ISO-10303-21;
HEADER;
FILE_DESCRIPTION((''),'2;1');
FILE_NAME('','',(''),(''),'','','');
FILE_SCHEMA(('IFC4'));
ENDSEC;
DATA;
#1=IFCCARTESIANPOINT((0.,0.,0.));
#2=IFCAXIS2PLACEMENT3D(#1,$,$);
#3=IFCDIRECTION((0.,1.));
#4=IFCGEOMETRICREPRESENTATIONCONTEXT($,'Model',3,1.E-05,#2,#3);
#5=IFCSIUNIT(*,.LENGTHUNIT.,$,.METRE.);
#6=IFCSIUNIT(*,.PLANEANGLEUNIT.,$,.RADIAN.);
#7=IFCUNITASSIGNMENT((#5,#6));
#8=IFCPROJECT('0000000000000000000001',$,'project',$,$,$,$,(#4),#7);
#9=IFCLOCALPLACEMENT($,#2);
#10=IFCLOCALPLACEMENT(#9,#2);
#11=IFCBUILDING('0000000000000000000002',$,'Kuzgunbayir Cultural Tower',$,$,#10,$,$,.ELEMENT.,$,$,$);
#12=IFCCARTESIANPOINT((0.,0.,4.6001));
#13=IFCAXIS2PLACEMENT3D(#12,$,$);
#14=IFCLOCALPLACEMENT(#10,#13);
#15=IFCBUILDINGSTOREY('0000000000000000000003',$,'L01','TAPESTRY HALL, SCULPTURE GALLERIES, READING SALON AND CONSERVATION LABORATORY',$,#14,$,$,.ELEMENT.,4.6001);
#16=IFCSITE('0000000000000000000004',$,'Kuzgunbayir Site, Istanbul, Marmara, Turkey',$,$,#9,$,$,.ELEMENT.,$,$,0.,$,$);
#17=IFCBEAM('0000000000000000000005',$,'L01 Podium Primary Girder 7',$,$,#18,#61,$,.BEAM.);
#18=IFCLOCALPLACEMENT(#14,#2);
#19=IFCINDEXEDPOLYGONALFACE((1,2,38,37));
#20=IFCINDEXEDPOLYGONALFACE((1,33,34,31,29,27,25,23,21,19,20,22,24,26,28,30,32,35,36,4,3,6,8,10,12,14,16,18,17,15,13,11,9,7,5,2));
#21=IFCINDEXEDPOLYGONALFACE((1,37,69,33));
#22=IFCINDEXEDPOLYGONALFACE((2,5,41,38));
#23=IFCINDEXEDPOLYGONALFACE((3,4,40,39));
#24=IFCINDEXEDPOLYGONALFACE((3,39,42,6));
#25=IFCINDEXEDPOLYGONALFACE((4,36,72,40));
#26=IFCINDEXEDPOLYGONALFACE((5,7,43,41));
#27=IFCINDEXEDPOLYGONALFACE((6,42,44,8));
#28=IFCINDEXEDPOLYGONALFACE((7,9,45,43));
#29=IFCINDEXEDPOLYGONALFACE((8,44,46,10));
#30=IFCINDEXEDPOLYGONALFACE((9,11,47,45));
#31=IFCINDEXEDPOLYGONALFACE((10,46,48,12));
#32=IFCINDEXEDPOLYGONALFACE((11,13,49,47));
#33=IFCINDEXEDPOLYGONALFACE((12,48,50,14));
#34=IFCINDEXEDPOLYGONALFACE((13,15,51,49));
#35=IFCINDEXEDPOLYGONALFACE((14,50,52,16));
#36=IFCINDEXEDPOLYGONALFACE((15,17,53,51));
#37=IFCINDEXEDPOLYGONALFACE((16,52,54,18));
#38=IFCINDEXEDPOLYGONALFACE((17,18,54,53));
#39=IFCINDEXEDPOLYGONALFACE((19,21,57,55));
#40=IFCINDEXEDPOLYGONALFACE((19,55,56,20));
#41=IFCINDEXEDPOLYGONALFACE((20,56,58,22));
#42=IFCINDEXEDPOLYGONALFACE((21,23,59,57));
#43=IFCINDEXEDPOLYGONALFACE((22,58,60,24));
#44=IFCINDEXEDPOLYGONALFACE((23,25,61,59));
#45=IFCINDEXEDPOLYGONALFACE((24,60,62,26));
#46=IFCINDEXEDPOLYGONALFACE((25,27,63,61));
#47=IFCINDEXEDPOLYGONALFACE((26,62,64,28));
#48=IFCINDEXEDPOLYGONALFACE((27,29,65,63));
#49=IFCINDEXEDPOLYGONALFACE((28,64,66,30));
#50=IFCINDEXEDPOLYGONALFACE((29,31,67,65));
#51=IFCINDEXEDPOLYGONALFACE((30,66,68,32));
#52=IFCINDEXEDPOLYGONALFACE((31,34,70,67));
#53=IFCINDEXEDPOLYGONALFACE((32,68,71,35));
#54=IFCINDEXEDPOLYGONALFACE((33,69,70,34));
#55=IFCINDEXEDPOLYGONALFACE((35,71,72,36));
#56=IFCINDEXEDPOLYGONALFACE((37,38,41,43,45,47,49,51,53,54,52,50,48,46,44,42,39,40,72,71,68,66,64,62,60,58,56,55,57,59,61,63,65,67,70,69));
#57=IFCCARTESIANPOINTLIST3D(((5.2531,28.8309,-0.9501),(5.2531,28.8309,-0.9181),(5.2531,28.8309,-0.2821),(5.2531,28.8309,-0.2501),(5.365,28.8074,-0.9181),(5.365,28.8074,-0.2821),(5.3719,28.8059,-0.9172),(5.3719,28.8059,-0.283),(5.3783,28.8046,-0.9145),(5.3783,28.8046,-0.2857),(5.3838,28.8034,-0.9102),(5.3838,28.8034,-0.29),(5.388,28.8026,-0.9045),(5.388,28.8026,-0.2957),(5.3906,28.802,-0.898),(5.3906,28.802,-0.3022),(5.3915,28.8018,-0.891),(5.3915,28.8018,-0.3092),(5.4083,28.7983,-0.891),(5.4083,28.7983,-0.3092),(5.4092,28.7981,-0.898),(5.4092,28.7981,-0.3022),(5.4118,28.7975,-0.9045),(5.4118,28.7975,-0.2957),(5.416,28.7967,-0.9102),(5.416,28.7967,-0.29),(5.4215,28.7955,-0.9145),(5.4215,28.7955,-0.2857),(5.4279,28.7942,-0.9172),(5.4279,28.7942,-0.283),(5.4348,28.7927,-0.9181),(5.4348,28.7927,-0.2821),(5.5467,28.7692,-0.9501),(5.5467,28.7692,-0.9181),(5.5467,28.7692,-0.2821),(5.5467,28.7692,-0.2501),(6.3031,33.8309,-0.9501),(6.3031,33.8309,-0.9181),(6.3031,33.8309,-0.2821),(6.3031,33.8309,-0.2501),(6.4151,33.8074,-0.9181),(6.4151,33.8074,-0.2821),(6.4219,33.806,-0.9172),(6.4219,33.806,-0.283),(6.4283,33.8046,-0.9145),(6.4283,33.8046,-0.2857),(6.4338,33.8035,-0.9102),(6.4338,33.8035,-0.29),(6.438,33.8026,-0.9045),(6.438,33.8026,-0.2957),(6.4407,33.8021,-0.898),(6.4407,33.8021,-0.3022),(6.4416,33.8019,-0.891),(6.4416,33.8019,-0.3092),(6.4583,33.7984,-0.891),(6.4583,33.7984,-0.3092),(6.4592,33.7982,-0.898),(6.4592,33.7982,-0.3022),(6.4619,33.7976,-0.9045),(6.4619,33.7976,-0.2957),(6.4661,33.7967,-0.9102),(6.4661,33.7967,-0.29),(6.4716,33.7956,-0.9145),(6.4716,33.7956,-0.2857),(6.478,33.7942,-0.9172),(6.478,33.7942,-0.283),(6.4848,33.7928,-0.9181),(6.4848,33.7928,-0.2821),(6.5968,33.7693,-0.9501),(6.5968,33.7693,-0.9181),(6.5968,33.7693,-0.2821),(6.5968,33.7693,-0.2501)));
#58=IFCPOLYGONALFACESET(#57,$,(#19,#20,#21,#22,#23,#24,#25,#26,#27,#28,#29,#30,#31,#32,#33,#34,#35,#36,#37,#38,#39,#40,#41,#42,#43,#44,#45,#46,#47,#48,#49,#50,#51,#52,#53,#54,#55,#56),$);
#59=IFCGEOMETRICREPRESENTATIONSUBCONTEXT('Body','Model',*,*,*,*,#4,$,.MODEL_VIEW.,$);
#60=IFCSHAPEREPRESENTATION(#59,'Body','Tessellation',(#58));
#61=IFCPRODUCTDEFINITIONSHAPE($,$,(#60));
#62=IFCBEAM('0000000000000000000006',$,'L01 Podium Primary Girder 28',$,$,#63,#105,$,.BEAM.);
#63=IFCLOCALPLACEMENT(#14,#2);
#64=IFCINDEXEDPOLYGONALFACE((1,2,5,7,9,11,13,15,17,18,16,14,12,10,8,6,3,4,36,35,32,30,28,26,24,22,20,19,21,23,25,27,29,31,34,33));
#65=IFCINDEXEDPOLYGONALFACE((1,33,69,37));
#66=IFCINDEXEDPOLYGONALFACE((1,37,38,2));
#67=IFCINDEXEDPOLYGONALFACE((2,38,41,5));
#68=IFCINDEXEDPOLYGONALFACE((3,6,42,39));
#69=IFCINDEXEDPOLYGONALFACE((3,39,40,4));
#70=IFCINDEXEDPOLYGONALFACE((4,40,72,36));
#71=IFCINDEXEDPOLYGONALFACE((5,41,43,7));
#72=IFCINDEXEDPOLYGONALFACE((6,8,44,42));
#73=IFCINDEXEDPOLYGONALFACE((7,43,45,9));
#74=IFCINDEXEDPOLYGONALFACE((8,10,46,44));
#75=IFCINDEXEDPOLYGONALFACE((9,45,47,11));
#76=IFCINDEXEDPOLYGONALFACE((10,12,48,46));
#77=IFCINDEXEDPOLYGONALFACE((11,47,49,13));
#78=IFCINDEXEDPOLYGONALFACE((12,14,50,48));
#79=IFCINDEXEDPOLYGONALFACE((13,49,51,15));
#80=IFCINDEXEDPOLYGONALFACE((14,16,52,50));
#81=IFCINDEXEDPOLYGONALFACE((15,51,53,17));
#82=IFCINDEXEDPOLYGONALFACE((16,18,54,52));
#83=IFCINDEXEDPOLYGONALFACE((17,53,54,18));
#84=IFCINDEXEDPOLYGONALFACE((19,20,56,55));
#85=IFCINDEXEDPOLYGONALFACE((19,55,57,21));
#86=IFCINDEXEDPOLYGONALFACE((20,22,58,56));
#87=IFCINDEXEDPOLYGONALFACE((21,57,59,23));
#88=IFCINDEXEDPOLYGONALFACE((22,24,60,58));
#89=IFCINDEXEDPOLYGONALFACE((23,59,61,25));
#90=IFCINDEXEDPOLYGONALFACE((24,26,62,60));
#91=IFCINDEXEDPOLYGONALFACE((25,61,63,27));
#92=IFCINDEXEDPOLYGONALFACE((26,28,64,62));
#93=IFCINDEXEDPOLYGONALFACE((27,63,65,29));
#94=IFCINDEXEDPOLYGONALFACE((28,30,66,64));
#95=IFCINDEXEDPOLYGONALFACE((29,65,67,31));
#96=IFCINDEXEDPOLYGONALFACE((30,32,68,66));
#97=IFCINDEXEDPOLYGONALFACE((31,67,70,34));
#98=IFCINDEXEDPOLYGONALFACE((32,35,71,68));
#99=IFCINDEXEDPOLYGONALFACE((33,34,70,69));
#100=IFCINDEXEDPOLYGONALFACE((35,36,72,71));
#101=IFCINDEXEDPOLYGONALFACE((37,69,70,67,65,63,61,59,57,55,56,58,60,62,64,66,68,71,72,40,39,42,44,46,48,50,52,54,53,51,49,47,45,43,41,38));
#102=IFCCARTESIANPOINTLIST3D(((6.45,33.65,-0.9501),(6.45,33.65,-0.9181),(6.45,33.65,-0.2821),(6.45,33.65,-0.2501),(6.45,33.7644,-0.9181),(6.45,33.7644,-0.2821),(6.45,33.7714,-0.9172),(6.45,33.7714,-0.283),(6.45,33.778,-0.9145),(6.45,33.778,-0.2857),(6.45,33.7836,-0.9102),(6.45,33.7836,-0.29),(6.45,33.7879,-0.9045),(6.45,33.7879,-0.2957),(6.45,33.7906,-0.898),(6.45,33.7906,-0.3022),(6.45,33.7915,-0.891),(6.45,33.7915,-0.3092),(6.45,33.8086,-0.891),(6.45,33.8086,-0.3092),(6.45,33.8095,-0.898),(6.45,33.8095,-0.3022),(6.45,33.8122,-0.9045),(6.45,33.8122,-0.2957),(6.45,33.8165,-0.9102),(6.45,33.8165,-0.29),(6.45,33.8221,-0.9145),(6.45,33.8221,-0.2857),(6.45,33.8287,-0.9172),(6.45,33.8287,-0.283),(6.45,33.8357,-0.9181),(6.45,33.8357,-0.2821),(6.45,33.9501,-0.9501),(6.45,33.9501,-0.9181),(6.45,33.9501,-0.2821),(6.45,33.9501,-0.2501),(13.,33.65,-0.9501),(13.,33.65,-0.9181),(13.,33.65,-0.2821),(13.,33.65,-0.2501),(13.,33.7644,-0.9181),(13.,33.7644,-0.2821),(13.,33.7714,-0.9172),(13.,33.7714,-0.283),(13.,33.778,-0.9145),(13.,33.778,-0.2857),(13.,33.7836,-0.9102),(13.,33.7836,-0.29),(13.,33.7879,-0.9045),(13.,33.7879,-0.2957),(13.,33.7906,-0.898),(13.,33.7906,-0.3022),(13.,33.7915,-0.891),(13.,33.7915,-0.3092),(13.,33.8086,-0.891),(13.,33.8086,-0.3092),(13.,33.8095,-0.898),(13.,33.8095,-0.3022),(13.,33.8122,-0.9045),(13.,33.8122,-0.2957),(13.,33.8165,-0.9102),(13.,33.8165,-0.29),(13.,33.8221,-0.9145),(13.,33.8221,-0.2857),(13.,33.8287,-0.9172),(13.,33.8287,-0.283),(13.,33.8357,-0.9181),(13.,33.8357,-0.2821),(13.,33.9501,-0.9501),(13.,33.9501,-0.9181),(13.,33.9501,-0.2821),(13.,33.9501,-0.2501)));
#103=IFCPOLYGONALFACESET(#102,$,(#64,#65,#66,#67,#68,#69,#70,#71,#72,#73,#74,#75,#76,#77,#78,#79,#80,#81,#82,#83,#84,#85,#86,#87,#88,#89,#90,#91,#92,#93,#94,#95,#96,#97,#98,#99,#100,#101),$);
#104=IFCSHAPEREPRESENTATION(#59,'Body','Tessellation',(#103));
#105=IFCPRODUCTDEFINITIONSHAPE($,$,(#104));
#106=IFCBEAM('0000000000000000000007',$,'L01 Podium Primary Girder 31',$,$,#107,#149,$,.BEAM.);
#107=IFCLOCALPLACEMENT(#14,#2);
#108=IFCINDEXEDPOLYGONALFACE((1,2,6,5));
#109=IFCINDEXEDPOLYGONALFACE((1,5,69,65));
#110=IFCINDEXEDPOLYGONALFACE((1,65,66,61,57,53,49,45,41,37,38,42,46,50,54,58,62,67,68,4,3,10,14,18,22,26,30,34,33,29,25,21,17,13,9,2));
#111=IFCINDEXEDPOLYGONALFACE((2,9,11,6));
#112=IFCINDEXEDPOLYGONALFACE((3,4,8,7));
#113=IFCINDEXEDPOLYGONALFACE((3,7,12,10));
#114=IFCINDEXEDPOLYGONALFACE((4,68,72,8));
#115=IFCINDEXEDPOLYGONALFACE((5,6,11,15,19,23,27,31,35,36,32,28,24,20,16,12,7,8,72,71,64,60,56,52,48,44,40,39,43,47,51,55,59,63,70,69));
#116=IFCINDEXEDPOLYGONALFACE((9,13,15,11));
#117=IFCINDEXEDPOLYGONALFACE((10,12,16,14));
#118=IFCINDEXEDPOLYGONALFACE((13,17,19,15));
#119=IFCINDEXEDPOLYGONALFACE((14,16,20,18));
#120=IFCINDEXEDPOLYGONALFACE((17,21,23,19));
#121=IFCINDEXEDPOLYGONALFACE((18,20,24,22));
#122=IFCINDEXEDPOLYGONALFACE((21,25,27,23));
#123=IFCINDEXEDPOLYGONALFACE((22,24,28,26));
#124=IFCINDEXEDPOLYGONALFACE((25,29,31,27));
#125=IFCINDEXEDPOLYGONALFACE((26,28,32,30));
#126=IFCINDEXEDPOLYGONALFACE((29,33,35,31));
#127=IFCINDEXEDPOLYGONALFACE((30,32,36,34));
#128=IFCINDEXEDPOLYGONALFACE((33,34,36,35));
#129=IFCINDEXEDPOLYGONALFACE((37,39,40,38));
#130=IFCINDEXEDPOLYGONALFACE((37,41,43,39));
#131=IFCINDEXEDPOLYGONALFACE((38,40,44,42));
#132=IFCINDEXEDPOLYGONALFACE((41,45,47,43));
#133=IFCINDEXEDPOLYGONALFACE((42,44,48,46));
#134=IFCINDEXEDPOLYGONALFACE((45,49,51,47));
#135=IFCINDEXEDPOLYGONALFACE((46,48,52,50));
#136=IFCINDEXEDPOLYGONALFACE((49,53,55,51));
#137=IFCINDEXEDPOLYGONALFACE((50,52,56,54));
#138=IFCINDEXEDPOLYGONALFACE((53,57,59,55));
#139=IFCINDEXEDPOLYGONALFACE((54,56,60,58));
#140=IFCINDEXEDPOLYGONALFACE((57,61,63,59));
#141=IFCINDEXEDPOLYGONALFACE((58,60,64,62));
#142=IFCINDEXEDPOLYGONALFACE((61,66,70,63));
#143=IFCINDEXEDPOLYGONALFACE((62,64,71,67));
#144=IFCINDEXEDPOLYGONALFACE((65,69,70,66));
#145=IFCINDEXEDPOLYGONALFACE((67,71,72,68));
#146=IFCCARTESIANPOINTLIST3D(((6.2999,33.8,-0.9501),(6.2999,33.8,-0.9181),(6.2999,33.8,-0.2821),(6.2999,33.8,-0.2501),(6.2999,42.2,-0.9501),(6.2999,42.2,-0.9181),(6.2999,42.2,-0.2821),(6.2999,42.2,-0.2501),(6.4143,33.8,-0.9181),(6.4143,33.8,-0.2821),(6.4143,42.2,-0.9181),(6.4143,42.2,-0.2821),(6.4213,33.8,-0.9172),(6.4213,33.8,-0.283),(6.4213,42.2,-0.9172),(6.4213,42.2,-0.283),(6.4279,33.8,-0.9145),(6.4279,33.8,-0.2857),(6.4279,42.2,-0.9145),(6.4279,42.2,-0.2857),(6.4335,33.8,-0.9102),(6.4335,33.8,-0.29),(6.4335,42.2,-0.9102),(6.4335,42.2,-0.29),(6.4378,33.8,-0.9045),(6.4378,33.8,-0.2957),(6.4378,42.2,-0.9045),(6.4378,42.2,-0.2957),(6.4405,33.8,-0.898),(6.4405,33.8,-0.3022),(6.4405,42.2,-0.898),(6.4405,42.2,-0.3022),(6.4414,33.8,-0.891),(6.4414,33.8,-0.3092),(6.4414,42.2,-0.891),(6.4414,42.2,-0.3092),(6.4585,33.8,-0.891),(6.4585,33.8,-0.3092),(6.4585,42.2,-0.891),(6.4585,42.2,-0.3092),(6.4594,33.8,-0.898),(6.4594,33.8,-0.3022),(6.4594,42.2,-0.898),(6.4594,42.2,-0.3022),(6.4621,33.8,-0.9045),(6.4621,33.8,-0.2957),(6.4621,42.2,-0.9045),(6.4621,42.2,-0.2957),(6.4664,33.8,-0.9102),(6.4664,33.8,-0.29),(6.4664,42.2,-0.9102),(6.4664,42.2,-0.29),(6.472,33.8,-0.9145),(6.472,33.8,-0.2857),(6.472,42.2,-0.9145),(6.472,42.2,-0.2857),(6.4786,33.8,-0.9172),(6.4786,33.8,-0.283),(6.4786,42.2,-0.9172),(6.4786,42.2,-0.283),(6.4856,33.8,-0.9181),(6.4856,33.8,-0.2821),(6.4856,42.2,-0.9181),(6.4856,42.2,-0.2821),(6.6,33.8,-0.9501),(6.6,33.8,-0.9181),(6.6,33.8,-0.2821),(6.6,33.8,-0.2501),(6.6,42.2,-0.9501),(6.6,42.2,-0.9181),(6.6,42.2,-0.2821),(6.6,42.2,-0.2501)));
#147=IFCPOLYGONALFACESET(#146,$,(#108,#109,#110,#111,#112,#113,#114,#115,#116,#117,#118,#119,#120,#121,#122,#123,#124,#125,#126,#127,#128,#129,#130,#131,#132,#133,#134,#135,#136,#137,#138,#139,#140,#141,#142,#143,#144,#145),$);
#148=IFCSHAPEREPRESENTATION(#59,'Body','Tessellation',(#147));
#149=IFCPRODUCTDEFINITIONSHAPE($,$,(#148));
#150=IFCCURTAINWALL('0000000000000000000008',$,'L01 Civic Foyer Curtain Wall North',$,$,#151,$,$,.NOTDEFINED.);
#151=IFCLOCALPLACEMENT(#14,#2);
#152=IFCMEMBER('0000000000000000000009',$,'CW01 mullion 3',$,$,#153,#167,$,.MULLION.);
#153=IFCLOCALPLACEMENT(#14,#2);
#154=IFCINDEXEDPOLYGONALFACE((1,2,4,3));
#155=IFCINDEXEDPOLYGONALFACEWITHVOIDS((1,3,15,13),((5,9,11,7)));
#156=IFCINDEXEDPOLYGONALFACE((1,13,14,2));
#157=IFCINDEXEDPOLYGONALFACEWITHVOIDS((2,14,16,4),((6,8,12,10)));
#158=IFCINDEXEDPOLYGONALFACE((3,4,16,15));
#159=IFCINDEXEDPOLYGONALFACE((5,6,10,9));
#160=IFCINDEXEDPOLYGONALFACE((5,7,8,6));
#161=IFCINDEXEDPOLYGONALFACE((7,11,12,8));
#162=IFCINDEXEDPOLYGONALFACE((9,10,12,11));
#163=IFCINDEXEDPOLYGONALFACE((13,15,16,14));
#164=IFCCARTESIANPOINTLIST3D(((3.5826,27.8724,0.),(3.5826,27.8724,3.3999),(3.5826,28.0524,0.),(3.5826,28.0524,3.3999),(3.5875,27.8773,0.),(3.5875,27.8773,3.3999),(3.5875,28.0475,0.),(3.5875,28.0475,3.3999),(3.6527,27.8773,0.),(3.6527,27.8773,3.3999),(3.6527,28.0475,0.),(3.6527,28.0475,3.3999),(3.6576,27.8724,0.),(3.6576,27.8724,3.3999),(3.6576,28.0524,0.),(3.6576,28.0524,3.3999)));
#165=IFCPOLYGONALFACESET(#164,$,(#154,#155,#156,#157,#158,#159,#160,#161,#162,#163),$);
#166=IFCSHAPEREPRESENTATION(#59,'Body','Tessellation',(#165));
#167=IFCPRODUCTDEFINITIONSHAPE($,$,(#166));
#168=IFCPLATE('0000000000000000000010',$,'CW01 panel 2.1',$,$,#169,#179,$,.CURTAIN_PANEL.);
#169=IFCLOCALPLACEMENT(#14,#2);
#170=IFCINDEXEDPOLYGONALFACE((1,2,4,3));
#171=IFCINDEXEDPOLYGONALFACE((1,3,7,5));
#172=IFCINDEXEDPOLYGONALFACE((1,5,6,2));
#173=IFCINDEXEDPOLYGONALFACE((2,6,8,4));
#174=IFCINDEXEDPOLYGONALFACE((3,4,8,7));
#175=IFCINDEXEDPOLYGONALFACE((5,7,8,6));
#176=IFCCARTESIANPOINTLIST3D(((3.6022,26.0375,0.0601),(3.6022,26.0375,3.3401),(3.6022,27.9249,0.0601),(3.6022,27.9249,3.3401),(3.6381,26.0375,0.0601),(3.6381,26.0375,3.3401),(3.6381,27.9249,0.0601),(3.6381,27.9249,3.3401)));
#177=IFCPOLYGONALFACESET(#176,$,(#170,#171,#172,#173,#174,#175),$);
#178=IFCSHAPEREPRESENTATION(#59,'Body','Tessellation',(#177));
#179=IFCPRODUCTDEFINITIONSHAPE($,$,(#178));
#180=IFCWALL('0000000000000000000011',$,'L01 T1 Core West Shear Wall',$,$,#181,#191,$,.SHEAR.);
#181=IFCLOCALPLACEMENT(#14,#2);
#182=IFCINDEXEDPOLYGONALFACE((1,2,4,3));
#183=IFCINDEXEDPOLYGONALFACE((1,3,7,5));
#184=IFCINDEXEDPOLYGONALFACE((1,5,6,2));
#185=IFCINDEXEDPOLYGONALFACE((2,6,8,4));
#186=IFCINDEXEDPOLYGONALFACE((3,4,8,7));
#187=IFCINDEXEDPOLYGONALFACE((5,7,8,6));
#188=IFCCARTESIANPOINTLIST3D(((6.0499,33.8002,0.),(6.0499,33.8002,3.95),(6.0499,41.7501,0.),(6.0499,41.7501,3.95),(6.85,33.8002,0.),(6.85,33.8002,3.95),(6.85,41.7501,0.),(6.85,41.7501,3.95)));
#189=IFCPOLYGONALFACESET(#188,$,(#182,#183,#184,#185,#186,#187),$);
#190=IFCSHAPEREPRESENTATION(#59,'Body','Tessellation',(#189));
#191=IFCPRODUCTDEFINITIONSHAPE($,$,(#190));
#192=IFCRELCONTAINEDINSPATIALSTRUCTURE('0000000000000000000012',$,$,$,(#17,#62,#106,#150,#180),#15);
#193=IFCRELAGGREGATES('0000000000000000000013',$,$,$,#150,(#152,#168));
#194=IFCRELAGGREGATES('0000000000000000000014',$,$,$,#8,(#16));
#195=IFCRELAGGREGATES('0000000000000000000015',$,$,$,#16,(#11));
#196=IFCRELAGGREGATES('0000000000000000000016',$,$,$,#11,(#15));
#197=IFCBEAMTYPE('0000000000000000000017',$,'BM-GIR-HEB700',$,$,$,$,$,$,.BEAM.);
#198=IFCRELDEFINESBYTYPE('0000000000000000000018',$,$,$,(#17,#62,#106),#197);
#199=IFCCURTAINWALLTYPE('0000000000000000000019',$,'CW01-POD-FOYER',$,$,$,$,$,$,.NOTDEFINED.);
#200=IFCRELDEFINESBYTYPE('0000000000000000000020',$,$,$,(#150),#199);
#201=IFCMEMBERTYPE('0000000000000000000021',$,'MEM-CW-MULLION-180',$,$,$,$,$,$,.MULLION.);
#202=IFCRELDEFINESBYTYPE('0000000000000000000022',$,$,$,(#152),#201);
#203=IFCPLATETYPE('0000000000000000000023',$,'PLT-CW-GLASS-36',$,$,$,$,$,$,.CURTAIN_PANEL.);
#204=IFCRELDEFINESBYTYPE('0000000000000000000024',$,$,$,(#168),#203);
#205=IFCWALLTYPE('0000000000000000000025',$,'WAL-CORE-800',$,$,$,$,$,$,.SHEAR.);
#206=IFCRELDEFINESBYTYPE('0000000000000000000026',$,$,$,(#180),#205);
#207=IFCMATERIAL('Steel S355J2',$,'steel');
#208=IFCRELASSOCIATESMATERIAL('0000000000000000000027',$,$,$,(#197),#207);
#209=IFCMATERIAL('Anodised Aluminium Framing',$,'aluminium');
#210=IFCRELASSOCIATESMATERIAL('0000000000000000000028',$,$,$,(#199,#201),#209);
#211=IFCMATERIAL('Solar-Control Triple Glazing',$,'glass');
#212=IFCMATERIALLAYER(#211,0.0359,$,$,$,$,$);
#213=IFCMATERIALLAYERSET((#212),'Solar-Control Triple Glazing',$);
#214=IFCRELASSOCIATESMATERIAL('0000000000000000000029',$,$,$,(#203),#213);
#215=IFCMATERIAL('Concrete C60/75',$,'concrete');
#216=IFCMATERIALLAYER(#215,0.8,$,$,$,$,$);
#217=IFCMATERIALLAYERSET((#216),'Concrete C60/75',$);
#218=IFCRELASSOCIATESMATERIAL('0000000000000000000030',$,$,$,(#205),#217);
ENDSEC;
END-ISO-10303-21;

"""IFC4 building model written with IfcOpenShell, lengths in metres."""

from ifc_helpers import new_model, si_unit, direction, frame, frame_2d, origin, origin_2d, place, context, subcontext, project, spatial, rectangle, hollow_rectangle, i_section, extrude, material, layer, layer_set, material_profile, profile_set, type_object, element, aggregate, save


model = new_model("IFC4")

# Units and contexts
model_context = context("Model", 3, precision=1e-05, world=origin(), true_north=direction((0.0, 1.0)))
body_context = subcontext(model_context, "Body", "Model", "MODEL_VIEW")
ifc_project = project(units=[si_unit("LENGTHUNIT", "METRE"), si_unit("PLANEANGLEUNIT", "RADIAN")], contexts=[model_context])

# Site, building, storey
site_placement = place(None, origin())
site = spatial("IfcSite", under=ifc_project, at=site_placement, Name="Kuzgunbayir Site, Istanbul, Marmara, Turkey", CompositionType="ELEMENT", RefElevation=0.0)
building_placement = place(site_placement, origin())
building = spatial("IfcBuilding", under=site, at=building_placement, Name="Kuzgunbayir Cultural Tower", CompositionType="ELEMENT")
storey_placement = place(building_placement, frame((0.0, 0.0, 4.6001)))
storey = spatial("IfcBuildingStorey", under=building, at=storey_placement, Name="L01", Description="TAPESTRY HALL, SCULPTURE GALLERIES, READING SALON AND CONSERVATION LABORATORY", CompositionType="ELEMENT", Elevation=4.6001)

# Shared definitions
ifc_material_1 = material(Name="Concrete C60/75", Category="concrete")

# Beams
ifc_material_2 = material(Name="Steel S355J2", Category="steel")
ifc_material_profile_1 = material_profile(ifc_material_2, i_section(OverallWidth=0.3, OverallDepth=0.7, WebThickness=0.0171, FlangeThickness=0.032, FilletRadius=0.0271, at=origin_2d()), Name="HEB 700")
ifc_profile_set_1 = profile_set([ifc_material_profile_1], Name="Steel S355J2")
beam_type_1 = type_object("IfcBeamType", Name="BM-GIR-HEB700", PredefinedType="BEAM", material=ifc_profile_set_1)
beam_1_placement = place(storey_placement, frame((5.3999, 28.8, -0.6001), z_axis=(0.205526, 0.978652, 0.0), x_axis=(-0.978652, 0.205526, 0.0)))
element("IfcBeam", 1, at=beam_1_placement, inside=storey, type_object=beam_type_1, Name="L01 Podium Primary Girder 7", PredefinedType="BEAM", context=body_context, shape_type="SweptSolid", body=[
    extrude(i_section(OverallWidth=0.3, OverallDepth=0.7, WebThickness=0.0171, FlangeThickness=0.032, FilletRadius=0.0271, at=origin_2d()), origin(), (0.0, 0.0, 1.0), 5.1091),
])
beam_2_placement = place(storey_placement, frame((6.45, 33.8, -0.6001), z_axis=(1.0, 0.0, 0.0), x_axis=(0.0, 1.0, 0.0)))
element("IfcBeam", 2, at=beam_2_placement, inside=storey, type_object=beam_type_1, Name="L01 Podium Primary Girder 28", PredefinedType="BEAM", context=body_context, shape_type="SweptSolid", body=[
    extrude(i_section(OverallWidth=0.3, OverallDepth=0.7, WebThickness=0.0171, FlangeThickness=0.032, FilletRadius=0.0271, at=origin_2d()), origin(), (0.0, 0.0, 1.0), 6.55),
])
beam_3_placement = place(storey_placement, frame((6.45, 33.8, -0.6001), z_axis=(0.0, 1.0, 0.0), x_axis=(-1.0, 0.0, 0.0)))
element("IfcBeam", 3, at=beam_3_placement, inside=storey, type_object=beam_type_1, Name="L01 Podium Primary Girder 31", PredefinedType="BEAM", context=body_context, shape_type="SweptSolid", body=[
    extrude(i_section(OverallWidth=0.3, OverallDepth=0.7, WebThickness=0.0171, FlangeThickness=0.032, FilletRadius=0.0271, at=origin_2d()), origin(), (0.0, 0.0, 1.0), 8.3999),
])

# Curtain wall, member, plate
ifc_material_3 = material(Name="Anodised Aluminium Framing", Category="aluminium")
curtain_wall_type = type_object("IfcCurtainWallType", Name="CW01-POD-FOYER", PredefinedType="NOTDEFINED", material=ifc_material_3)
curtain_wall_placement = place(storey_placement, origin())
curtain_wall = element("IfcCurtainWall", 4, at=curtain_wall_placement, inside=storey, type_object=curtain_wall_type, Name="L01 Civic Foyer Curtain Wall North", PredefinedType="NOTDEFINED")
ifc_material_profile_2 = material_profile(ifc_material_3, hollow_rectangle(XDim=0.075, YDim=0.1799, WallThickness=0.0049, at=origin_2d()), Name="RHS 180x75x5")
ifc_profile_set_2 = profile_set([ifc_material_profile_2], Name="Anodised Aluminium Framing")
member_type = type_object("IfcMemberType", Name="MEM-CW-MULLION-180", PredefinedType="MULLION", material=ifc_profile_set_2)
member_placement = place(storey_placement, frame((3.6201, 27.9624, 0.0), z_axis=(0.0, 0.0, 1.0), x_axis=(-1.0, 0.0, 0.0)))
member = element("IfcMember", 5, at=member_placement, type_object=member_type, Name="CW01 mullion 3", PredefinedType="MULLION", context=body_context, shape_type="SweptSolid", body=[
    extrude(hollow_rectangle(XDim=0.075, YDim=0.1799, WallThickness=0.0049, at=origin_2d()), origin(), (0.0, 0.0, 1.0), 3.3999),
])
ifc_material_4 = material(Name="Solar-Control Triple Glazing", Category="glass")
ifc_layer_1 = layer(ifc_material_4, 0.0359)
ifc_layer_set_1 = layer_set([ifc_layer_1], Name="Solar-Control Triple Glazing")
plate_type = type_object("IfcPlateType", Name="PLT-CW-GLASS-36", PredefinedType="CURTAIN_PANEL", material=ifc_layer_set_1)
plate_placement = place(storey_placement, frame((3.6201, 26.9812, 0.0601), z_axis=(0.0, 0.0, 1.0), x_axis=(0.0, 1.0, 0.0)))
plate = element("IfcPlate", 6, at=plate_placement, type_object=plate_type, Name="CW01 panel 2.1", PredefinedType="CURTAIN_PANEL", context=body_context, shape_type="SweptSolid", body=[
    extrude(rectangle(XDim=1.8875, YDim=0.0359, at=origin_2d()), origin(), (0.0, 0.0, 1.0), 3.28),
])
aggregate(curtain_wall, [member, plate])

# Wall
ifc_layer_2 = layer(ifc_material_1, 0.8)
ifc_layer_set_2 = layer_set([ifc_layer_2], Name="Concrete C60/75")
wall_type_1 = type_object("IfcWallType", Name="WAL-CORE-800", PredefinedType="SHEAR", material=ifc_layer_set_2)
wall_1_placement = place(storey_placement, frame((6.45, 33.8, 0.0), z_axis=(0.0, 0.0, 1.0), x_axis=(0.0, 1.0, 0.0)))
element("IfcWall", 7, at=wall_1_placement, inside=storey, type_object=wall_type_1, Name="L01 T1 Core West Shear Wall", PredefinedType="SHEAR", context=body_context, shape_type="SweptSolid", body=[
    extrude(rectangle(XDim=7.95, YDim=0.8, at=frame_2d((3.9751, 0.0))), origin(), (0.0, 0.0, 1.0), 3.95),
])

save(model, "model.ifc")
